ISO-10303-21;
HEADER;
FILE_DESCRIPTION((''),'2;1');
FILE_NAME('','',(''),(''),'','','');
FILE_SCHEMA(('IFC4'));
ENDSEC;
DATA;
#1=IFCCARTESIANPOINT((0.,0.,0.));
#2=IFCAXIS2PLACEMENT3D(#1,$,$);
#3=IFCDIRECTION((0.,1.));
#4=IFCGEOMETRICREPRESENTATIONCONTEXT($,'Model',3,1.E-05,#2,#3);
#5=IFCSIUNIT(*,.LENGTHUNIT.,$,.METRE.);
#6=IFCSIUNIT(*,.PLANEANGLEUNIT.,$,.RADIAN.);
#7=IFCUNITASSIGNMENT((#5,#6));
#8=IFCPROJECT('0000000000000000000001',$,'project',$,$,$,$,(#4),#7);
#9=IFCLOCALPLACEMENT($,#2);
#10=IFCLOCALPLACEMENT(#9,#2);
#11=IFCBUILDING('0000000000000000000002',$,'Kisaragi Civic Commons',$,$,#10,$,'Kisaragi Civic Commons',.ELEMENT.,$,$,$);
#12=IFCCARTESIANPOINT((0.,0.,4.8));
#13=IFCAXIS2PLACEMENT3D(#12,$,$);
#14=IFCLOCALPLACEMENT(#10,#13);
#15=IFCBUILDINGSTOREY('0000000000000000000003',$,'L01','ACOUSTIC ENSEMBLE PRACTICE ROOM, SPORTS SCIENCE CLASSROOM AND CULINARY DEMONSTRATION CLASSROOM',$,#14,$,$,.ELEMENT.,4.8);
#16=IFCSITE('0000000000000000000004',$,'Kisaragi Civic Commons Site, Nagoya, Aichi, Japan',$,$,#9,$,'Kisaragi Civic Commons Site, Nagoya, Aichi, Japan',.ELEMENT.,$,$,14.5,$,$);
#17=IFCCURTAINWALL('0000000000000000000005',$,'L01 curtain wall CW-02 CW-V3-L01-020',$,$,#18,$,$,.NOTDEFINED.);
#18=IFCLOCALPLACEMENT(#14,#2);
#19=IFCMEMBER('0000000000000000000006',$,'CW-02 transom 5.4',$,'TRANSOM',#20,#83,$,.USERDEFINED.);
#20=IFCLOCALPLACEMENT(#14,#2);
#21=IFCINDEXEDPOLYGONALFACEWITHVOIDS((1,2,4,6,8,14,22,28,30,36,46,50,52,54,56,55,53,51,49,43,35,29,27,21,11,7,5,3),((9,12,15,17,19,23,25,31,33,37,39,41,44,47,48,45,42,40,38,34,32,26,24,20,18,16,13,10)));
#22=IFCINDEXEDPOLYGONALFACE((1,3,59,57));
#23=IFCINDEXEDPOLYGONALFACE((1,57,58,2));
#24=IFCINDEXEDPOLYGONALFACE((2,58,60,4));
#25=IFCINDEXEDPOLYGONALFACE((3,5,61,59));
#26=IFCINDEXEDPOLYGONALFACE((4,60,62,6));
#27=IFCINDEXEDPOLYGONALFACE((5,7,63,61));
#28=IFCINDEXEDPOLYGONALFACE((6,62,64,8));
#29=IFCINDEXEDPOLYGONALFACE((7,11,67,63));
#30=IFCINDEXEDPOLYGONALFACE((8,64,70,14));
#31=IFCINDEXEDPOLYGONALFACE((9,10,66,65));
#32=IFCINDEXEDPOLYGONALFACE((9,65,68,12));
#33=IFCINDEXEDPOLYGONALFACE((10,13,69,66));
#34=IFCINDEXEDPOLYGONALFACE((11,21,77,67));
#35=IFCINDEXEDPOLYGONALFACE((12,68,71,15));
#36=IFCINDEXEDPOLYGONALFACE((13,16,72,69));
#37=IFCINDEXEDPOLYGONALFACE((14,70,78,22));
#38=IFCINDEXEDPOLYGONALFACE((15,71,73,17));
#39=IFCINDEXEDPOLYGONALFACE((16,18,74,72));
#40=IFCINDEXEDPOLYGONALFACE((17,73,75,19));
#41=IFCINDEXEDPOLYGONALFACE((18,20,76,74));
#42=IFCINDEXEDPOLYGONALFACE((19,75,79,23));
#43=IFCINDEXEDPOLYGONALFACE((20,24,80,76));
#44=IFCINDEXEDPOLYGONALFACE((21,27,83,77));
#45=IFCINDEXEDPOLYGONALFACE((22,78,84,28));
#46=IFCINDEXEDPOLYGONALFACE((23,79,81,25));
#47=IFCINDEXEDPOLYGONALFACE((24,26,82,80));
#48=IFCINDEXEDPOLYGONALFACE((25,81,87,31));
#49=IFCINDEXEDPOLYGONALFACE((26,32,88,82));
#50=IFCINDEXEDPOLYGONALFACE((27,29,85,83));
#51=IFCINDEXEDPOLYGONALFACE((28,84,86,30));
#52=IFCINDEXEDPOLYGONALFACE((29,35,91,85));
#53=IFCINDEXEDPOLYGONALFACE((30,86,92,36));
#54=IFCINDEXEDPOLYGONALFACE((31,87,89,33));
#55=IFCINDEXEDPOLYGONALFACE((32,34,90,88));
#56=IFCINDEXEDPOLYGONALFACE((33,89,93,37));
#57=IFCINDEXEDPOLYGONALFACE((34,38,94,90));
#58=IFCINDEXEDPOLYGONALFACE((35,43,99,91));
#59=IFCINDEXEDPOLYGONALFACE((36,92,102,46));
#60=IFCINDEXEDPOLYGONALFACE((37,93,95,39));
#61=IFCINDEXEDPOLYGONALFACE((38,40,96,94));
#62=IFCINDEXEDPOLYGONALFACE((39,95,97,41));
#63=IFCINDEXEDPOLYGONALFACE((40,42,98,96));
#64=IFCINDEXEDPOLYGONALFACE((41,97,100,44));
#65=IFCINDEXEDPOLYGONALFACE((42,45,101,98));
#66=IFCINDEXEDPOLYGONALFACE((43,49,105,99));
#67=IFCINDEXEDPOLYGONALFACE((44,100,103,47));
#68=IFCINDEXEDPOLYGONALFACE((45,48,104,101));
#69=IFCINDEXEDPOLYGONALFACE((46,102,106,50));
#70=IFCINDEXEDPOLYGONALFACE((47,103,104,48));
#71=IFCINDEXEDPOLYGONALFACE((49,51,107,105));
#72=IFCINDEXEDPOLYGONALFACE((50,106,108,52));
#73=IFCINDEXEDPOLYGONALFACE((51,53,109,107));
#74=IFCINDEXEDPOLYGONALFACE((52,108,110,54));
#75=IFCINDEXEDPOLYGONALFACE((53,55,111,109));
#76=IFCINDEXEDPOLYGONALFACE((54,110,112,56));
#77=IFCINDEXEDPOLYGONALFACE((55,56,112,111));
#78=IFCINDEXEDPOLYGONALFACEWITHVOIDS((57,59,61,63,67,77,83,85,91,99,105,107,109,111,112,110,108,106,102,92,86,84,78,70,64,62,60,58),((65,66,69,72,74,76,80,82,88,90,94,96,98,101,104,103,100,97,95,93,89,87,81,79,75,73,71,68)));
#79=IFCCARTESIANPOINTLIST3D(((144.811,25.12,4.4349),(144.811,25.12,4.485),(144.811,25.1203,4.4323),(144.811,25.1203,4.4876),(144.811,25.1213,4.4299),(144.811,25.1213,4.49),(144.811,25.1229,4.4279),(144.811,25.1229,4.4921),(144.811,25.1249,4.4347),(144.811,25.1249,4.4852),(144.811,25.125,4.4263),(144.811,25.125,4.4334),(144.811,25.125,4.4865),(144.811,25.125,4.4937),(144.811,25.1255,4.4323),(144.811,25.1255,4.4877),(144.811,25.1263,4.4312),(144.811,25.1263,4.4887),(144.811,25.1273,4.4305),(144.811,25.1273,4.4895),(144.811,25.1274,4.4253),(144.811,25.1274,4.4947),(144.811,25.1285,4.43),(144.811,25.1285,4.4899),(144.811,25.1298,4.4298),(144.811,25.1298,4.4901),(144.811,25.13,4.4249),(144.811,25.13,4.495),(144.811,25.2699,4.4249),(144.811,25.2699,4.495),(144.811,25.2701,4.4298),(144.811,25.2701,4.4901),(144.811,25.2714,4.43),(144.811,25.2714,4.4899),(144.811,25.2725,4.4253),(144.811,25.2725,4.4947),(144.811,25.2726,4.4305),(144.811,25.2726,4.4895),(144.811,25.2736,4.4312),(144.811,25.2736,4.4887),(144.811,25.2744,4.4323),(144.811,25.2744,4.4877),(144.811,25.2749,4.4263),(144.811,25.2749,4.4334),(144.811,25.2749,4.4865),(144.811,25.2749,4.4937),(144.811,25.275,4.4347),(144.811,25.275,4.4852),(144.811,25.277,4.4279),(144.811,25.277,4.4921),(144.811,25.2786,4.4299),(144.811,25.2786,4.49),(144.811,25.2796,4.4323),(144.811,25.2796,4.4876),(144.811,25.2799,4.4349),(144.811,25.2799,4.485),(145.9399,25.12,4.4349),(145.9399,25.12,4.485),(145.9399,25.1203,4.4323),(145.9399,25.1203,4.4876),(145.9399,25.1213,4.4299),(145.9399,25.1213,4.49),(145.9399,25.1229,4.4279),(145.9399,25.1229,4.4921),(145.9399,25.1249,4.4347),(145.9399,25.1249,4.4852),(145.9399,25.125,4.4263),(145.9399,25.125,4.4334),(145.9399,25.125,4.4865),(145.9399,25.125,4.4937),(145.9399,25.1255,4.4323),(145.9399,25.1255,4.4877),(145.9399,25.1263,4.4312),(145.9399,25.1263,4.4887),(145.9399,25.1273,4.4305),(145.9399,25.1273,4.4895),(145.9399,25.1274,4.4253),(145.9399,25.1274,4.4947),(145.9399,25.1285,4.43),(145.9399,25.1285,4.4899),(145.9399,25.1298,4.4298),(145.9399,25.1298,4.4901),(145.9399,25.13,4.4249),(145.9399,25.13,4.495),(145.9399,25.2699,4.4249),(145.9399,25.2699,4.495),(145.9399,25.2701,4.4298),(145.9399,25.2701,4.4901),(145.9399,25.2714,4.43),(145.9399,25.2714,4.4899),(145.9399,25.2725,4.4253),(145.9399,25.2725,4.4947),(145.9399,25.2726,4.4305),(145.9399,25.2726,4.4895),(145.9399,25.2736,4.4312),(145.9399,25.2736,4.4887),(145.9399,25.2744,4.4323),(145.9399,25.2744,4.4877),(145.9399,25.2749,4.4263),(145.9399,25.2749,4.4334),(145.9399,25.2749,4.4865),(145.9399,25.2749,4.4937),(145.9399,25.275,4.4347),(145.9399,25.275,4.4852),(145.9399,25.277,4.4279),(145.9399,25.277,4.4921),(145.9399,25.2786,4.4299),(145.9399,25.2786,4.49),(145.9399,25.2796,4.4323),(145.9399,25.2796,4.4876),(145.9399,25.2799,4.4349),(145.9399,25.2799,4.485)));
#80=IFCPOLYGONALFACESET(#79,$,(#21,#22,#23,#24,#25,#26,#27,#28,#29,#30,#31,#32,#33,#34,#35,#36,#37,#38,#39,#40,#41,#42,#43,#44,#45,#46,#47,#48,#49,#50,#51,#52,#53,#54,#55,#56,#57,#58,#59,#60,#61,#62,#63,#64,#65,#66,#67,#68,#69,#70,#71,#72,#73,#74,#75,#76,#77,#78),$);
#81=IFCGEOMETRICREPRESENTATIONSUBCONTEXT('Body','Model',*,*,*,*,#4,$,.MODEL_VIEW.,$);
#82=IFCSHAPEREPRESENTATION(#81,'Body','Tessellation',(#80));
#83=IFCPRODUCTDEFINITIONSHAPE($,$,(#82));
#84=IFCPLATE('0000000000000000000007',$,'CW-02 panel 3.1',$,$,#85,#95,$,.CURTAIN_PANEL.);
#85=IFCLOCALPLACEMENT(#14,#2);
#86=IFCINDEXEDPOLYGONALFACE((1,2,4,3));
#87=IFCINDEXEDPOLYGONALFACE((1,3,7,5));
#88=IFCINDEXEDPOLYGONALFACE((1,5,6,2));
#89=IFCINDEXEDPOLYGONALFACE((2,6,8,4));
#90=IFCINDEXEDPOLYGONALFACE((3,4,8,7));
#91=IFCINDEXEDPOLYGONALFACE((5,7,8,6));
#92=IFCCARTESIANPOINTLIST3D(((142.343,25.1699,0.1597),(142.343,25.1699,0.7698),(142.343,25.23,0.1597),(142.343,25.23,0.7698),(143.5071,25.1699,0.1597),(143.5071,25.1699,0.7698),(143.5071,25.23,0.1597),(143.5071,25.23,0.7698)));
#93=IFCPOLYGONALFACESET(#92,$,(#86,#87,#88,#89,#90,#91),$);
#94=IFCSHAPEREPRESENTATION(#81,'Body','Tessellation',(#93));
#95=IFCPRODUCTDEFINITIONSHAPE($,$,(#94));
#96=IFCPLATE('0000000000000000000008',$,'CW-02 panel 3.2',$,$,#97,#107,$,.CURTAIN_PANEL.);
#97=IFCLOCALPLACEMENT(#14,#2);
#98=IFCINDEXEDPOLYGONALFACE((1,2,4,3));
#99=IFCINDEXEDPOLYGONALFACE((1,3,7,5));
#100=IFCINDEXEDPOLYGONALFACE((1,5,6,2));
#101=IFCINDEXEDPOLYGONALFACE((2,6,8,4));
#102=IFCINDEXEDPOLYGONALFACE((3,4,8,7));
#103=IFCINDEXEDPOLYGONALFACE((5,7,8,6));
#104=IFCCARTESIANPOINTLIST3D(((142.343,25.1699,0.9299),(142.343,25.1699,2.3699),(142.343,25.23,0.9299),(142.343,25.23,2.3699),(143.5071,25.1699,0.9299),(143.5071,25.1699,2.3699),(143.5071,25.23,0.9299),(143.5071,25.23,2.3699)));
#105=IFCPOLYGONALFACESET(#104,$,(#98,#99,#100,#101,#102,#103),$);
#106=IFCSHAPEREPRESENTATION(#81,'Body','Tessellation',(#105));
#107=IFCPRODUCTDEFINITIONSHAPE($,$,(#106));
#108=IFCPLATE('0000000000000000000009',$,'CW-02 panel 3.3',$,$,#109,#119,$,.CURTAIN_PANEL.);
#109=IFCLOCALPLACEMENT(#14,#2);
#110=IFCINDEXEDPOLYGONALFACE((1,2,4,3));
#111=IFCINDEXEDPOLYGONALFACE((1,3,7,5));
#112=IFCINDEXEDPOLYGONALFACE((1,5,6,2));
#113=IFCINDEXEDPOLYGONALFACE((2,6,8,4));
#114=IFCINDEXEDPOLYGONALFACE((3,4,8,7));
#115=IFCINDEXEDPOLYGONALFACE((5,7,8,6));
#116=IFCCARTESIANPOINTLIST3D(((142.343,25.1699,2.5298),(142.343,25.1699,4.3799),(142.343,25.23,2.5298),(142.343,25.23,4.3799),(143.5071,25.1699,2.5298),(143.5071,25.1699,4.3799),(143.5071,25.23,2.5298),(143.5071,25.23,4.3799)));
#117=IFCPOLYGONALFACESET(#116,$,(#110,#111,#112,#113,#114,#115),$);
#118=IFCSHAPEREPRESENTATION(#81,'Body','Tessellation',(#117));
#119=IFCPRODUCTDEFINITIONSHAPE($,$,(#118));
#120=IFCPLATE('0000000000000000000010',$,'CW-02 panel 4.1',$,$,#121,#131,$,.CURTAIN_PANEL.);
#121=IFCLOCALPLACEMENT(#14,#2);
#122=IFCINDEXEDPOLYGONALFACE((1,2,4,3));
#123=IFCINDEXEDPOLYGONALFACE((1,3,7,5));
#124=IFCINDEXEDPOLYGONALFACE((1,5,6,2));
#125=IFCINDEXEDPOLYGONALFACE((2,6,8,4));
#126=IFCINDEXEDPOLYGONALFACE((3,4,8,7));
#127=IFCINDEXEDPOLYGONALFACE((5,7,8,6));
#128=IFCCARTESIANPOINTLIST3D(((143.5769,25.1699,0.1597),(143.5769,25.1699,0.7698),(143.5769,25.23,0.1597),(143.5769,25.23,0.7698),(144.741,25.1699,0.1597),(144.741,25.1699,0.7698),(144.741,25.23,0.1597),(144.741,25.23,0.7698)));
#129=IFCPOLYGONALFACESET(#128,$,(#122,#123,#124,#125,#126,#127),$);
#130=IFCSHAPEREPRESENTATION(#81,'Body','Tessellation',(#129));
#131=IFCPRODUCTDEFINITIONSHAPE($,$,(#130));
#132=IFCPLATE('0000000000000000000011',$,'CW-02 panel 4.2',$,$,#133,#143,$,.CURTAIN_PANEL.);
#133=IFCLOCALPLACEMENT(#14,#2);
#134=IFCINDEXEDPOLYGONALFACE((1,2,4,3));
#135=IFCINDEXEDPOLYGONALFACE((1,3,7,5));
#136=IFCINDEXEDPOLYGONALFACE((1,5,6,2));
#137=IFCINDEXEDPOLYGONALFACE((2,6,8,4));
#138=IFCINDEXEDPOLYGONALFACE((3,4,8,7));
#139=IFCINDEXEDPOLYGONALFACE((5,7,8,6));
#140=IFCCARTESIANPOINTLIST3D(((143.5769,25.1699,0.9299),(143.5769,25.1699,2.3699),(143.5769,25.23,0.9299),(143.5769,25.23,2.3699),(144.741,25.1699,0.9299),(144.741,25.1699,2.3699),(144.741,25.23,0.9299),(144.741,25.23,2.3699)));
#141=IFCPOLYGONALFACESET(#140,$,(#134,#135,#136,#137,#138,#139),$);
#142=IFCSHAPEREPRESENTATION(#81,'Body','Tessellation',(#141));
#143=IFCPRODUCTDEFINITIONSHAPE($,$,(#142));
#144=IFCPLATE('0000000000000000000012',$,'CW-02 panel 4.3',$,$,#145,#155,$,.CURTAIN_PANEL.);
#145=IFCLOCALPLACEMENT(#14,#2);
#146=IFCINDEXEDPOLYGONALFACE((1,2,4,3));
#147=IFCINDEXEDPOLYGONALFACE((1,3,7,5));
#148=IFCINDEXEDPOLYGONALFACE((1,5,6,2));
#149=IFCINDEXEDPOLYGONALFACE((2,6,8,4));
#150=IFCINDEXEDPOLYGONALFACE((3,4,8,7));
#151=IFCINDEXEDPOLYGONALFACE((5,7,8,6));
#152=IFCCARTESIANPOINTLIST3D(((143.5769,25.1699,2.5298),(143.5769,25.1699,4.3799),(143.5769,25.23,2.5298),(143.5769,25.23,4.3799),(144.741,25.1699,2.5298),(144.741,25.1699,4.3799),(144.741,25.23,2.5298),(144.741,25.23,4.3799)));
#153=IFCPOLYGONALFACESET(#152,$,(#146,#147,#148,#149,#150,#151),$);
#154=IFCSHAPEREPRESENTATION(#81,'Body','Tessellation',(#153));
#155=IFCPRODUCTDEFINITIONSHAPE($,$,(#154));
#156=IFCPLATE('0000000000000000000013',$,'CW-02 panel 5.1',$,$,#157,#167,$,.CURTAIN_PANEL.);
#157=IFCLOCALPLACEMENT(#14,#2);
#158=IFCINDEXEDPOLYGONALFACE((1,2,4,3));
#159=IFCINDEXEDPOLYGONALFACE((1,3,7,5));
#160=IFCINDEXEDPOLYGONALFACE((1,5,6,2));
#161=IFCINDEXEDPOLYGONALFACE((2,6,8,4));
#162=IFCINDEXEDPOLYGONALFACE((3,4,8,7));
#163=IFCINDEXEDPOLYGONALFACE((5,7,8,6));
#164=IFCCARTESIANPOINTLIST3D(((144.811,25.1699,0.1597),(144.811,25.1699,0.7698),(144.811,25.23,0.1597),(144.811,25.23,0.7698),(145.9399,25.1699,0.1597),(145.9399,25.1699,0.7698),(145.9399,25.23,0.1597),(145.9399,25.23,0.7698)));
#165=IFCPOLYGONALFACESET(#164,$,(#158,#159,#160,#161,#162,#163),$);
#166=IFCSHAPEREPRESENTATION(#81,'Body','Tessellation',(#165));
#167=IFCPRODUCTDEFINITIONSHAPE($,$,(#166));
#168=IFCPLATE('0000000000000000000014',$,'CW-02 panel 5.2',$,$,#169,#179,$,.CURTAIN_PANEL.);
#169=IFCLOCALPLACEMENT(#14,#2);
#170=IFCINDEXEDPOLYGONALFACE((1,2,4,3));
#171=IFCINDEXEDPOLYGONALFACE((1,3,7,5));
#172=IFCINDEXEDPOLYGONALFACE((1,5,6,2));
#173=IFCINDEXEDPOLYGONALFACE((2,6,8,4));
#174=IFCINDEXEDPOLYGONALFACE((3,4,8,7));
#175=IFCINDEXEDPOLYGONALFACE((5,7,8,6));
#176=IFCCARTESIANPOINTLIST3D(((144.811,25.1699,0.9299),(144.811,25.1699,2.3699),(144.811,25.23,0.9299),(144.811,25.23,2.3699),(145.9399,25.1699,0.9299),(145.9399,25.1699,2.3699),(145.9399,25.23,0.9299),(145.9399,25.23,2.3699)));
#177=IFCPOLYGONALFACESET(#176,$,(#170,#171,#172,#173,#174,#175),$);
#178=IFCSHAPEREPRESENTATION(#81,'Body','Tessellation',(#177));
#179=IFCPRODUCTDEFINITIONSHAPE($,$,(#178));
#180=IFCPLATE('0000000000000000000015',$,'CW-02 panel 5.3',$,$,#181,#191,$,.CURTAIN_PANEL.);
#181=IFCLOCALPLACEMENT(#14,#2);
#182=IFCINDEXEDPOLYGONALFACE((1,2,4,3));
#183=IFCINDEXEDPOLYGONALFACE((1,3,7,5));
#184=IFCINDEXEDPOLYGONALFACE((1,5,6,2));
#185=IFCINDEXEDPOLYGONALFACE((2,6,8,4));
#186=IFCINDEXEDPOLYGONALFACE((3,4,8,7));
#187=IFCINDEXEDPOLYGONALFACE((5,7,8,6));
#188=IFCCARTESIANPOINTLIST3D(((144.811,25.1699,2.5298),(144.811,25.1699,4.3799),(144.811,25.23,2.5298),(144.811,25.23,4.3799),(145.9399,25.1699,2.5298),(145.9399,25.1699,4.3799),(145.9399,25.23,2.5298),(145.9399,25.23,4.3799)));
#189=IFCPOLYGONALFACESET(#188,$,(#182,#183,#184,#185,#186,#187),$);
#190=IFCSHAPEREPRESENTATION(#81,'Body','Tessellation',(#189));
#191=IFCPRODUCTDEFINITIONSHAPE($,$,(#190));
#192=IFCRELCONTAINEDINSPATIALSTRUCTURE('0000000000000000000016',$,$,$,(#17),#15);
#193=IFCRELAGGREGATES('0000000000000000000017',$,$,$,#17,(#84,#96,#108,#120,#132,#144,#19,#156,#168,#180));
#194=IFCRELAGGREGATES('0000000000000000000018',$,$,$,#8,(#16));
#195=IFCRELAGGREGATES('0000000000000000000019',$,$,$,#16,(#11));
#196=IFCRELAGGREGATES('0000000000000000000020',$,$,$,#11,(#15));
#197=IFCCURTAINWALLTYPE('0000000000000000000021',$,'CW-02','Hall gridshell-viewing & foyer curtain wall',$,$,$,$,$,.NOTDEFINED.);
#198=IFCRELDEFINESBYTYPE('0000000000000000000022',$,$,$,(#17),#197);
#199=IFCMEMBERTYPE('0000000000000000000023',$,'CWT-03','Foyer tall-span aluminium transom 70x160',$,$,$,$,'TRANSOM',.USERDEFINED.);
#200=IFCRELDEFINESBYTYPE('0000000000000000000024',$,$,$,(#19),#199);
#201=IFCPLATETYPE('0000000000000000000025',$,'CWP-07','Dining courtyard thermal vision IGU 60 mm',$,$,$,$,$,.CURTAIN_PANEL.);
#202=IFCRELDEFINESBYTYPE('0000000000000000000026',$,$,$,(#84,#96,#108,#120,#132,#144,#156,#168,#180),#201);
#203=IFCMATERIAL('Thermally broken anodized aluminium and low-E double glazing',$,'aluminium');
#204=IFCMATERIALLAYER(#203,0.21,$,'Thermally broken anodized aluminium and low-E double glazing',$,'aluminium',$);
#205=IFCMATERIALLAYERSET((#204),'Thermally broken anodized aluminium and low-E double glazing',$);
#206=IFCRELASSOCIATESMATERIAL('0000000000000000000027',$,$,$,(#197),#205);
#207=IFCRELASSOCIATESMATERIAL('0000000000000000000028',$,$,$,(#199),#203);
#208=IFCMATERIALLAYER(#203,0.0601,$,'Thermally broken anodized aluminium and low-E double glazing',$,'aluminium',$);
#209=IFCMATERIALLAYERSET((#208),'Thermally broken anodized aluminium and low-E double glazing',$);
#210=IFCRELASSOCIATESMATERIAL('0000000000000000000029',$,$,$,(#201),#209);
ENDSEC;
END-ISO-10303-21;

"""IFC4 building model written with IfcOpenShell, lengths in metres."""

from ifc_helpers import new_model, si_unit, direction, frame, origin, origin_2d, place, context, subcontext, project, spatial, rectangle, hollow_rectangle, extrude, material, layer, layer_set, material_profile, profile_set, type_object, element, aggregate, save


model = new_model("IFC4")

# Units and contexts
model_context = context("Model", 3, precision=1e-05, world=origin(), true_north=direction((0.0, 1.0)))
body_context = subcontext(model_context, "Body", "Model", "MODEL_VIEW")
ifc_project = project(units=[si_unit("LENGTHUNIT", "METRE"), si_unit("PLANEANGLEUNIT", "RADIAN")], contexts=[model_context])

# Site, building, storey
site_placement = place(None, origin())
site = spatial("IfcSite", under=ifc_project, at=site_placement, Name="Kisaragi Civic Commons Site, Nagoya, Aichi, Japan", LongName="Kisaragi Civic Commons Site, Nagoya, Aichi, Japan", CompositionType="ELEMENT", RefElevation=14.5)
building_placement = place(site_placement, origin())
building = spatial("IfcBuilding", under=site, at=building_placement, Name="Kisaragi Civic Commons", LongName="Kisaragi Civic Commons", CompositionType="ELEMENT")
storey_placement = place(building_placement, frame((0.0, 0.0, 4.8)))
storey = spatial("IfcBuildingStorey", under=building, at=storey_placement, Name="L01", Description="ACOUSTIC ENSEMBLE PRACTICE ROOM, SPORTS SCIENCE CLASSROOM AND CULINARY DEMONSTRATION CLASSROOM", CompositionType="ELEMENT", Elevation=4.8)

# Curtain wall, member, plates
ifc_material = material(Name="Thermally broken anodized aluminium and low-E double glazing", Category="aluminium")
ifc_layer_1 = layer(ifc_material, 0.21, Name="Thermally broken anodized aluminium and low-E double glazing", Category="aluminium")
ifc_layer_set_1 = layer_set([ifc_layer_1], Name="Thermally broken anodized aluminium and low-E double glazing")
curtain_wall_type = type_object("IfcCurtainWallType", Name="CW-02", Description="Hall gridshell-viewing & foyer curtain wall", PredefinedType="NOTDEFINED", material=ifc_layer_set_1)
curtain_wall_placement = place(storey_placement, origin())
curtain_wall = element("IfcCurtainWall", 1, at=curtain_wall_placement, inside=storey, type_object=curtain_wall_type, Name="L01 curtain wall CW-02 CW-V3-L01-020", PredefinedType="NOTDEFINED")
ifc_material_profile_1 = material_profile(ifc_material, hollow_rectangle(XDim=0.1599, YDim=0.0701, WallThickness=0.0049, InnerFilletRadius=0.0049, OuterFilletRadius=0.01, at=origin_2d()), Name="CWT-70x160x5", Category="aluminium")
ifc_profile_set_1 = profile_set([ifc_material_profile_1], Name="Thermally broken anodized aluminium and low-E double glazing")
member_type_1 = type_object("IfcMemberType", Name="CWT-03", Description="Foyer tall-span aluminium transom 70x160", ElementType="TRANSOM", PredefinedType="USERDEFINED", material=ifc_profile_set_1)
member_1_placement = place(storey_placement, frame((144.811, 25.2, 4.46), z_axis=(1.0, 0.0, 0.0), x_axis=(0.0, 1.0, 0.0)))
member_1 = element("IfcMember", 2, at=member_1_placement, type_object=member_type_1, Name="CW-02 transom 5.4", ObjectType="TRANSOM", PredefinedType="USERDEFINED", context=body_context, shape_type="SweptSolid", body=[
    extrude(hollow_rectangle(XDim=0.1599, YDim=0.0701, WallThickness=0.0049, InnerFilletRadius=0.0049, OuterFilletRadius=0.01, at=origin_2d()), origin(), (0.0, 0.0, 1.0), 1.1289),
])
ifc_layer_2 = layer(ifc_material, 0.0601, Name="Thermally broken anodized aluminium and low-E double glazing", Category="aluminium")
ifc_layer_set_2 = layer_set([ifc_layer_2], Name="Thermally broken anodized aluminium and low-E double glazing")
plate_type = type_object("IfcPlateType", Name="CWP-07", Description="Dining courtyard thermal vision IGU 60 mm", PredefinedType="CURTAIN_PANEL", material=ifc_layer_set_2)
plate_1_placement = place(storey_placement, frame((142.925, 25.2, 0.1597), z_axis=(0.0, 0.0, 1.0), x_axis=(1.0, 0.0, 0.0)))
plate_1 = element("IfcPlate", 3, at=plate_1_placement, type_object=plate_type, Name="CW-02 panel 3.1", PredefinedType="CURTAIN_PANEL", context=body_context, shape_type="SweptSolid", body=[
    extrude(rectangle(XDim=1.1641, YDim=0.0601, at=origin_2d()), origin(), (0.0, 0.0, 1.0), 0.6101),
])
plate_2_placement = place(storey_placement, frame((142.925, 25.2, 0.9299), z_axis=(0.0, 0.0, 1.0), x_axis=(1.0, 0.0, 0.0)))
plate_2 = element("IfcPlate", 4, at=plate_2_placement, type_object=plate_type, Name="CW-02 panel 3.2", PredefinedType="CURTAIN_PANEL", context=body_context, shape_type="SweptSolid", body=[
    extrude(rectangle(XDim=1.1641, YDim=0.0601, at=origin_2d()), origin(), (0.0, 0.0, 1.0), 1.4399),
])
plate_3_placement = place(storey_placement, frame((142.925, 25.2, 2.5298), z_axis=(0.0, 0.0, 1.0), x_axis=(1.0, 0.0, 0.0)))
plate_3 = element("IfcPlate", 5, at=plate_3_placement, type_object=plate_type, Name="CW-02 panel 3.3", PredefinedType="CURTAIN_PANEL", context=body_context, shape_type="SweptSolid", body=[
    extrude(rectangle(XDim=1.1641, YDim=0.0601, at=origin_2d()), origin(), (0.0, 0.0, 1.0), 1.8501),
])
plate_4_placement = place(storey_placement, frame((144.1589, 25.2, 0.1597), z_axis=(0.0, 0.0, 1.0), x_axis=(1.0, 0.0, 0.0)))
plate_4 = element("IfcPlate", 6, at=plate_4_placement, type_object=plate_type, Name="CW-02 panel 4.1", PredefinedType="CURTAIN_PANEL", context=body_context, shape_type="SweptSolid", body=[
    extrude(rectangle(XDim=1.1641, YDim=0.0601, at=origin_2d()), origin(), (0.0, 0.0, 1.0), 0.6101),
])
plate_5_placement = place(storey_placement, frame((144.1589, 25.2, 0.9299), z_axis=(0.0, 0.0, 1.0), x_axis=(1.0, 0.0, 0.0)))
plate_5 = element("IfcPlate", 7, at=plate_5_placement, type_object=plate_type, Name="CW-02 panel 4.2", PredefinedType="CURTAIN_PANEL", context=body_context, shape_type="SweptSolid", body=[
    extrude(rectangle(XDim=1.1641, YDim=0.0601, at=origin_2d()), origin(), (0.0, 0.0, 1.0), 1.4399),
])
plate_6_placement = place(storey_placement, frame((144.1589, 25.2, 2.5298), z_axis=(0.0, 0.0, 1.0), x_axis=(1.0, 0.0, 0.0)))
plate_6 = element("IfcPlate", 8, at=plate_6_placement, type_object=plate_type, Name="CW-02 panel 4.3", PredefinedType="CURTAIN_PANEL", context=body_context, shape_type="SweptSolid", body=[
    extrude(rectangle(XDim=1.1641, YDim=0.0601, at=origin_2d()), origin(), (0.0, 0.0, 1.0), 1.8501),
])
plate_7_placement = place(storey_placement, frame((145.3755, 25.2, 0.1597), z_axis=(0.0, 0.0, 1.0), x_axis=(1.0, 0.0, 0.0)))
plate_7 = element("IfcPlate", 9, at=plate_7_placement, type_object=plate_type, Name="CW-02 panel 5.1", PredefinedType="CURTAIN_PANEL", context=body_context, shape_type="SweptSolid", body=[
    extrude(rectangle(XDim=1.1289, YDim=0.0601, at=origin_2d()), origin(), (0.0, 0.0, 1.0), 0.6101),
])
plate_8_placement = place(storey_placement, frame((145.3755, 25.2, 0.9299), z_axis=(0.0, 0.0, 1.0), x_axis=(1.0, 0.0, 0.0)))
plate_8 = element("IfcPlate", 10, at=plate_8_placement, type_object=plate_type, Name="CW-02 panel 5.2", PredefinedType="CURTAIN_PANEL", context=body_context, shape_type="SweptSolid", body=[
    extrude(rectangle(XDim=1.1289, YDim=0.0601, at=origin_2d()), origin(), (0.0, 0.0, 1.0), 1.4399),
])
plate_9_placement = place(storey_placement, frame((145.3755, 25.2, 2.5298), z_axis=(0.0, 0.0, 1.0), x_axis=(1.0, 0.0, 0.0)))
plate_9 = element("IfcPlate", 11, at=plate_9_placement, type_object=plate_type, Name="CW-02 panel 5.3", PredefinedType="CURTAIN_PANEL", context=body_context, shape_type="SweptSolid", body=[
    extrude(rectangle(XDim=1.1289, YDim=0.0601, at=origin_2d()), origin(), (0.0, 0.0, 1.0), 1.8501),
])
aggregate(curtain_wall, [plate_1, plate_2, plate_3, plate_4, plate_5, plate_6, member_1, plate_7, plate_8, plate_9])

save(model, "model.ifc")
